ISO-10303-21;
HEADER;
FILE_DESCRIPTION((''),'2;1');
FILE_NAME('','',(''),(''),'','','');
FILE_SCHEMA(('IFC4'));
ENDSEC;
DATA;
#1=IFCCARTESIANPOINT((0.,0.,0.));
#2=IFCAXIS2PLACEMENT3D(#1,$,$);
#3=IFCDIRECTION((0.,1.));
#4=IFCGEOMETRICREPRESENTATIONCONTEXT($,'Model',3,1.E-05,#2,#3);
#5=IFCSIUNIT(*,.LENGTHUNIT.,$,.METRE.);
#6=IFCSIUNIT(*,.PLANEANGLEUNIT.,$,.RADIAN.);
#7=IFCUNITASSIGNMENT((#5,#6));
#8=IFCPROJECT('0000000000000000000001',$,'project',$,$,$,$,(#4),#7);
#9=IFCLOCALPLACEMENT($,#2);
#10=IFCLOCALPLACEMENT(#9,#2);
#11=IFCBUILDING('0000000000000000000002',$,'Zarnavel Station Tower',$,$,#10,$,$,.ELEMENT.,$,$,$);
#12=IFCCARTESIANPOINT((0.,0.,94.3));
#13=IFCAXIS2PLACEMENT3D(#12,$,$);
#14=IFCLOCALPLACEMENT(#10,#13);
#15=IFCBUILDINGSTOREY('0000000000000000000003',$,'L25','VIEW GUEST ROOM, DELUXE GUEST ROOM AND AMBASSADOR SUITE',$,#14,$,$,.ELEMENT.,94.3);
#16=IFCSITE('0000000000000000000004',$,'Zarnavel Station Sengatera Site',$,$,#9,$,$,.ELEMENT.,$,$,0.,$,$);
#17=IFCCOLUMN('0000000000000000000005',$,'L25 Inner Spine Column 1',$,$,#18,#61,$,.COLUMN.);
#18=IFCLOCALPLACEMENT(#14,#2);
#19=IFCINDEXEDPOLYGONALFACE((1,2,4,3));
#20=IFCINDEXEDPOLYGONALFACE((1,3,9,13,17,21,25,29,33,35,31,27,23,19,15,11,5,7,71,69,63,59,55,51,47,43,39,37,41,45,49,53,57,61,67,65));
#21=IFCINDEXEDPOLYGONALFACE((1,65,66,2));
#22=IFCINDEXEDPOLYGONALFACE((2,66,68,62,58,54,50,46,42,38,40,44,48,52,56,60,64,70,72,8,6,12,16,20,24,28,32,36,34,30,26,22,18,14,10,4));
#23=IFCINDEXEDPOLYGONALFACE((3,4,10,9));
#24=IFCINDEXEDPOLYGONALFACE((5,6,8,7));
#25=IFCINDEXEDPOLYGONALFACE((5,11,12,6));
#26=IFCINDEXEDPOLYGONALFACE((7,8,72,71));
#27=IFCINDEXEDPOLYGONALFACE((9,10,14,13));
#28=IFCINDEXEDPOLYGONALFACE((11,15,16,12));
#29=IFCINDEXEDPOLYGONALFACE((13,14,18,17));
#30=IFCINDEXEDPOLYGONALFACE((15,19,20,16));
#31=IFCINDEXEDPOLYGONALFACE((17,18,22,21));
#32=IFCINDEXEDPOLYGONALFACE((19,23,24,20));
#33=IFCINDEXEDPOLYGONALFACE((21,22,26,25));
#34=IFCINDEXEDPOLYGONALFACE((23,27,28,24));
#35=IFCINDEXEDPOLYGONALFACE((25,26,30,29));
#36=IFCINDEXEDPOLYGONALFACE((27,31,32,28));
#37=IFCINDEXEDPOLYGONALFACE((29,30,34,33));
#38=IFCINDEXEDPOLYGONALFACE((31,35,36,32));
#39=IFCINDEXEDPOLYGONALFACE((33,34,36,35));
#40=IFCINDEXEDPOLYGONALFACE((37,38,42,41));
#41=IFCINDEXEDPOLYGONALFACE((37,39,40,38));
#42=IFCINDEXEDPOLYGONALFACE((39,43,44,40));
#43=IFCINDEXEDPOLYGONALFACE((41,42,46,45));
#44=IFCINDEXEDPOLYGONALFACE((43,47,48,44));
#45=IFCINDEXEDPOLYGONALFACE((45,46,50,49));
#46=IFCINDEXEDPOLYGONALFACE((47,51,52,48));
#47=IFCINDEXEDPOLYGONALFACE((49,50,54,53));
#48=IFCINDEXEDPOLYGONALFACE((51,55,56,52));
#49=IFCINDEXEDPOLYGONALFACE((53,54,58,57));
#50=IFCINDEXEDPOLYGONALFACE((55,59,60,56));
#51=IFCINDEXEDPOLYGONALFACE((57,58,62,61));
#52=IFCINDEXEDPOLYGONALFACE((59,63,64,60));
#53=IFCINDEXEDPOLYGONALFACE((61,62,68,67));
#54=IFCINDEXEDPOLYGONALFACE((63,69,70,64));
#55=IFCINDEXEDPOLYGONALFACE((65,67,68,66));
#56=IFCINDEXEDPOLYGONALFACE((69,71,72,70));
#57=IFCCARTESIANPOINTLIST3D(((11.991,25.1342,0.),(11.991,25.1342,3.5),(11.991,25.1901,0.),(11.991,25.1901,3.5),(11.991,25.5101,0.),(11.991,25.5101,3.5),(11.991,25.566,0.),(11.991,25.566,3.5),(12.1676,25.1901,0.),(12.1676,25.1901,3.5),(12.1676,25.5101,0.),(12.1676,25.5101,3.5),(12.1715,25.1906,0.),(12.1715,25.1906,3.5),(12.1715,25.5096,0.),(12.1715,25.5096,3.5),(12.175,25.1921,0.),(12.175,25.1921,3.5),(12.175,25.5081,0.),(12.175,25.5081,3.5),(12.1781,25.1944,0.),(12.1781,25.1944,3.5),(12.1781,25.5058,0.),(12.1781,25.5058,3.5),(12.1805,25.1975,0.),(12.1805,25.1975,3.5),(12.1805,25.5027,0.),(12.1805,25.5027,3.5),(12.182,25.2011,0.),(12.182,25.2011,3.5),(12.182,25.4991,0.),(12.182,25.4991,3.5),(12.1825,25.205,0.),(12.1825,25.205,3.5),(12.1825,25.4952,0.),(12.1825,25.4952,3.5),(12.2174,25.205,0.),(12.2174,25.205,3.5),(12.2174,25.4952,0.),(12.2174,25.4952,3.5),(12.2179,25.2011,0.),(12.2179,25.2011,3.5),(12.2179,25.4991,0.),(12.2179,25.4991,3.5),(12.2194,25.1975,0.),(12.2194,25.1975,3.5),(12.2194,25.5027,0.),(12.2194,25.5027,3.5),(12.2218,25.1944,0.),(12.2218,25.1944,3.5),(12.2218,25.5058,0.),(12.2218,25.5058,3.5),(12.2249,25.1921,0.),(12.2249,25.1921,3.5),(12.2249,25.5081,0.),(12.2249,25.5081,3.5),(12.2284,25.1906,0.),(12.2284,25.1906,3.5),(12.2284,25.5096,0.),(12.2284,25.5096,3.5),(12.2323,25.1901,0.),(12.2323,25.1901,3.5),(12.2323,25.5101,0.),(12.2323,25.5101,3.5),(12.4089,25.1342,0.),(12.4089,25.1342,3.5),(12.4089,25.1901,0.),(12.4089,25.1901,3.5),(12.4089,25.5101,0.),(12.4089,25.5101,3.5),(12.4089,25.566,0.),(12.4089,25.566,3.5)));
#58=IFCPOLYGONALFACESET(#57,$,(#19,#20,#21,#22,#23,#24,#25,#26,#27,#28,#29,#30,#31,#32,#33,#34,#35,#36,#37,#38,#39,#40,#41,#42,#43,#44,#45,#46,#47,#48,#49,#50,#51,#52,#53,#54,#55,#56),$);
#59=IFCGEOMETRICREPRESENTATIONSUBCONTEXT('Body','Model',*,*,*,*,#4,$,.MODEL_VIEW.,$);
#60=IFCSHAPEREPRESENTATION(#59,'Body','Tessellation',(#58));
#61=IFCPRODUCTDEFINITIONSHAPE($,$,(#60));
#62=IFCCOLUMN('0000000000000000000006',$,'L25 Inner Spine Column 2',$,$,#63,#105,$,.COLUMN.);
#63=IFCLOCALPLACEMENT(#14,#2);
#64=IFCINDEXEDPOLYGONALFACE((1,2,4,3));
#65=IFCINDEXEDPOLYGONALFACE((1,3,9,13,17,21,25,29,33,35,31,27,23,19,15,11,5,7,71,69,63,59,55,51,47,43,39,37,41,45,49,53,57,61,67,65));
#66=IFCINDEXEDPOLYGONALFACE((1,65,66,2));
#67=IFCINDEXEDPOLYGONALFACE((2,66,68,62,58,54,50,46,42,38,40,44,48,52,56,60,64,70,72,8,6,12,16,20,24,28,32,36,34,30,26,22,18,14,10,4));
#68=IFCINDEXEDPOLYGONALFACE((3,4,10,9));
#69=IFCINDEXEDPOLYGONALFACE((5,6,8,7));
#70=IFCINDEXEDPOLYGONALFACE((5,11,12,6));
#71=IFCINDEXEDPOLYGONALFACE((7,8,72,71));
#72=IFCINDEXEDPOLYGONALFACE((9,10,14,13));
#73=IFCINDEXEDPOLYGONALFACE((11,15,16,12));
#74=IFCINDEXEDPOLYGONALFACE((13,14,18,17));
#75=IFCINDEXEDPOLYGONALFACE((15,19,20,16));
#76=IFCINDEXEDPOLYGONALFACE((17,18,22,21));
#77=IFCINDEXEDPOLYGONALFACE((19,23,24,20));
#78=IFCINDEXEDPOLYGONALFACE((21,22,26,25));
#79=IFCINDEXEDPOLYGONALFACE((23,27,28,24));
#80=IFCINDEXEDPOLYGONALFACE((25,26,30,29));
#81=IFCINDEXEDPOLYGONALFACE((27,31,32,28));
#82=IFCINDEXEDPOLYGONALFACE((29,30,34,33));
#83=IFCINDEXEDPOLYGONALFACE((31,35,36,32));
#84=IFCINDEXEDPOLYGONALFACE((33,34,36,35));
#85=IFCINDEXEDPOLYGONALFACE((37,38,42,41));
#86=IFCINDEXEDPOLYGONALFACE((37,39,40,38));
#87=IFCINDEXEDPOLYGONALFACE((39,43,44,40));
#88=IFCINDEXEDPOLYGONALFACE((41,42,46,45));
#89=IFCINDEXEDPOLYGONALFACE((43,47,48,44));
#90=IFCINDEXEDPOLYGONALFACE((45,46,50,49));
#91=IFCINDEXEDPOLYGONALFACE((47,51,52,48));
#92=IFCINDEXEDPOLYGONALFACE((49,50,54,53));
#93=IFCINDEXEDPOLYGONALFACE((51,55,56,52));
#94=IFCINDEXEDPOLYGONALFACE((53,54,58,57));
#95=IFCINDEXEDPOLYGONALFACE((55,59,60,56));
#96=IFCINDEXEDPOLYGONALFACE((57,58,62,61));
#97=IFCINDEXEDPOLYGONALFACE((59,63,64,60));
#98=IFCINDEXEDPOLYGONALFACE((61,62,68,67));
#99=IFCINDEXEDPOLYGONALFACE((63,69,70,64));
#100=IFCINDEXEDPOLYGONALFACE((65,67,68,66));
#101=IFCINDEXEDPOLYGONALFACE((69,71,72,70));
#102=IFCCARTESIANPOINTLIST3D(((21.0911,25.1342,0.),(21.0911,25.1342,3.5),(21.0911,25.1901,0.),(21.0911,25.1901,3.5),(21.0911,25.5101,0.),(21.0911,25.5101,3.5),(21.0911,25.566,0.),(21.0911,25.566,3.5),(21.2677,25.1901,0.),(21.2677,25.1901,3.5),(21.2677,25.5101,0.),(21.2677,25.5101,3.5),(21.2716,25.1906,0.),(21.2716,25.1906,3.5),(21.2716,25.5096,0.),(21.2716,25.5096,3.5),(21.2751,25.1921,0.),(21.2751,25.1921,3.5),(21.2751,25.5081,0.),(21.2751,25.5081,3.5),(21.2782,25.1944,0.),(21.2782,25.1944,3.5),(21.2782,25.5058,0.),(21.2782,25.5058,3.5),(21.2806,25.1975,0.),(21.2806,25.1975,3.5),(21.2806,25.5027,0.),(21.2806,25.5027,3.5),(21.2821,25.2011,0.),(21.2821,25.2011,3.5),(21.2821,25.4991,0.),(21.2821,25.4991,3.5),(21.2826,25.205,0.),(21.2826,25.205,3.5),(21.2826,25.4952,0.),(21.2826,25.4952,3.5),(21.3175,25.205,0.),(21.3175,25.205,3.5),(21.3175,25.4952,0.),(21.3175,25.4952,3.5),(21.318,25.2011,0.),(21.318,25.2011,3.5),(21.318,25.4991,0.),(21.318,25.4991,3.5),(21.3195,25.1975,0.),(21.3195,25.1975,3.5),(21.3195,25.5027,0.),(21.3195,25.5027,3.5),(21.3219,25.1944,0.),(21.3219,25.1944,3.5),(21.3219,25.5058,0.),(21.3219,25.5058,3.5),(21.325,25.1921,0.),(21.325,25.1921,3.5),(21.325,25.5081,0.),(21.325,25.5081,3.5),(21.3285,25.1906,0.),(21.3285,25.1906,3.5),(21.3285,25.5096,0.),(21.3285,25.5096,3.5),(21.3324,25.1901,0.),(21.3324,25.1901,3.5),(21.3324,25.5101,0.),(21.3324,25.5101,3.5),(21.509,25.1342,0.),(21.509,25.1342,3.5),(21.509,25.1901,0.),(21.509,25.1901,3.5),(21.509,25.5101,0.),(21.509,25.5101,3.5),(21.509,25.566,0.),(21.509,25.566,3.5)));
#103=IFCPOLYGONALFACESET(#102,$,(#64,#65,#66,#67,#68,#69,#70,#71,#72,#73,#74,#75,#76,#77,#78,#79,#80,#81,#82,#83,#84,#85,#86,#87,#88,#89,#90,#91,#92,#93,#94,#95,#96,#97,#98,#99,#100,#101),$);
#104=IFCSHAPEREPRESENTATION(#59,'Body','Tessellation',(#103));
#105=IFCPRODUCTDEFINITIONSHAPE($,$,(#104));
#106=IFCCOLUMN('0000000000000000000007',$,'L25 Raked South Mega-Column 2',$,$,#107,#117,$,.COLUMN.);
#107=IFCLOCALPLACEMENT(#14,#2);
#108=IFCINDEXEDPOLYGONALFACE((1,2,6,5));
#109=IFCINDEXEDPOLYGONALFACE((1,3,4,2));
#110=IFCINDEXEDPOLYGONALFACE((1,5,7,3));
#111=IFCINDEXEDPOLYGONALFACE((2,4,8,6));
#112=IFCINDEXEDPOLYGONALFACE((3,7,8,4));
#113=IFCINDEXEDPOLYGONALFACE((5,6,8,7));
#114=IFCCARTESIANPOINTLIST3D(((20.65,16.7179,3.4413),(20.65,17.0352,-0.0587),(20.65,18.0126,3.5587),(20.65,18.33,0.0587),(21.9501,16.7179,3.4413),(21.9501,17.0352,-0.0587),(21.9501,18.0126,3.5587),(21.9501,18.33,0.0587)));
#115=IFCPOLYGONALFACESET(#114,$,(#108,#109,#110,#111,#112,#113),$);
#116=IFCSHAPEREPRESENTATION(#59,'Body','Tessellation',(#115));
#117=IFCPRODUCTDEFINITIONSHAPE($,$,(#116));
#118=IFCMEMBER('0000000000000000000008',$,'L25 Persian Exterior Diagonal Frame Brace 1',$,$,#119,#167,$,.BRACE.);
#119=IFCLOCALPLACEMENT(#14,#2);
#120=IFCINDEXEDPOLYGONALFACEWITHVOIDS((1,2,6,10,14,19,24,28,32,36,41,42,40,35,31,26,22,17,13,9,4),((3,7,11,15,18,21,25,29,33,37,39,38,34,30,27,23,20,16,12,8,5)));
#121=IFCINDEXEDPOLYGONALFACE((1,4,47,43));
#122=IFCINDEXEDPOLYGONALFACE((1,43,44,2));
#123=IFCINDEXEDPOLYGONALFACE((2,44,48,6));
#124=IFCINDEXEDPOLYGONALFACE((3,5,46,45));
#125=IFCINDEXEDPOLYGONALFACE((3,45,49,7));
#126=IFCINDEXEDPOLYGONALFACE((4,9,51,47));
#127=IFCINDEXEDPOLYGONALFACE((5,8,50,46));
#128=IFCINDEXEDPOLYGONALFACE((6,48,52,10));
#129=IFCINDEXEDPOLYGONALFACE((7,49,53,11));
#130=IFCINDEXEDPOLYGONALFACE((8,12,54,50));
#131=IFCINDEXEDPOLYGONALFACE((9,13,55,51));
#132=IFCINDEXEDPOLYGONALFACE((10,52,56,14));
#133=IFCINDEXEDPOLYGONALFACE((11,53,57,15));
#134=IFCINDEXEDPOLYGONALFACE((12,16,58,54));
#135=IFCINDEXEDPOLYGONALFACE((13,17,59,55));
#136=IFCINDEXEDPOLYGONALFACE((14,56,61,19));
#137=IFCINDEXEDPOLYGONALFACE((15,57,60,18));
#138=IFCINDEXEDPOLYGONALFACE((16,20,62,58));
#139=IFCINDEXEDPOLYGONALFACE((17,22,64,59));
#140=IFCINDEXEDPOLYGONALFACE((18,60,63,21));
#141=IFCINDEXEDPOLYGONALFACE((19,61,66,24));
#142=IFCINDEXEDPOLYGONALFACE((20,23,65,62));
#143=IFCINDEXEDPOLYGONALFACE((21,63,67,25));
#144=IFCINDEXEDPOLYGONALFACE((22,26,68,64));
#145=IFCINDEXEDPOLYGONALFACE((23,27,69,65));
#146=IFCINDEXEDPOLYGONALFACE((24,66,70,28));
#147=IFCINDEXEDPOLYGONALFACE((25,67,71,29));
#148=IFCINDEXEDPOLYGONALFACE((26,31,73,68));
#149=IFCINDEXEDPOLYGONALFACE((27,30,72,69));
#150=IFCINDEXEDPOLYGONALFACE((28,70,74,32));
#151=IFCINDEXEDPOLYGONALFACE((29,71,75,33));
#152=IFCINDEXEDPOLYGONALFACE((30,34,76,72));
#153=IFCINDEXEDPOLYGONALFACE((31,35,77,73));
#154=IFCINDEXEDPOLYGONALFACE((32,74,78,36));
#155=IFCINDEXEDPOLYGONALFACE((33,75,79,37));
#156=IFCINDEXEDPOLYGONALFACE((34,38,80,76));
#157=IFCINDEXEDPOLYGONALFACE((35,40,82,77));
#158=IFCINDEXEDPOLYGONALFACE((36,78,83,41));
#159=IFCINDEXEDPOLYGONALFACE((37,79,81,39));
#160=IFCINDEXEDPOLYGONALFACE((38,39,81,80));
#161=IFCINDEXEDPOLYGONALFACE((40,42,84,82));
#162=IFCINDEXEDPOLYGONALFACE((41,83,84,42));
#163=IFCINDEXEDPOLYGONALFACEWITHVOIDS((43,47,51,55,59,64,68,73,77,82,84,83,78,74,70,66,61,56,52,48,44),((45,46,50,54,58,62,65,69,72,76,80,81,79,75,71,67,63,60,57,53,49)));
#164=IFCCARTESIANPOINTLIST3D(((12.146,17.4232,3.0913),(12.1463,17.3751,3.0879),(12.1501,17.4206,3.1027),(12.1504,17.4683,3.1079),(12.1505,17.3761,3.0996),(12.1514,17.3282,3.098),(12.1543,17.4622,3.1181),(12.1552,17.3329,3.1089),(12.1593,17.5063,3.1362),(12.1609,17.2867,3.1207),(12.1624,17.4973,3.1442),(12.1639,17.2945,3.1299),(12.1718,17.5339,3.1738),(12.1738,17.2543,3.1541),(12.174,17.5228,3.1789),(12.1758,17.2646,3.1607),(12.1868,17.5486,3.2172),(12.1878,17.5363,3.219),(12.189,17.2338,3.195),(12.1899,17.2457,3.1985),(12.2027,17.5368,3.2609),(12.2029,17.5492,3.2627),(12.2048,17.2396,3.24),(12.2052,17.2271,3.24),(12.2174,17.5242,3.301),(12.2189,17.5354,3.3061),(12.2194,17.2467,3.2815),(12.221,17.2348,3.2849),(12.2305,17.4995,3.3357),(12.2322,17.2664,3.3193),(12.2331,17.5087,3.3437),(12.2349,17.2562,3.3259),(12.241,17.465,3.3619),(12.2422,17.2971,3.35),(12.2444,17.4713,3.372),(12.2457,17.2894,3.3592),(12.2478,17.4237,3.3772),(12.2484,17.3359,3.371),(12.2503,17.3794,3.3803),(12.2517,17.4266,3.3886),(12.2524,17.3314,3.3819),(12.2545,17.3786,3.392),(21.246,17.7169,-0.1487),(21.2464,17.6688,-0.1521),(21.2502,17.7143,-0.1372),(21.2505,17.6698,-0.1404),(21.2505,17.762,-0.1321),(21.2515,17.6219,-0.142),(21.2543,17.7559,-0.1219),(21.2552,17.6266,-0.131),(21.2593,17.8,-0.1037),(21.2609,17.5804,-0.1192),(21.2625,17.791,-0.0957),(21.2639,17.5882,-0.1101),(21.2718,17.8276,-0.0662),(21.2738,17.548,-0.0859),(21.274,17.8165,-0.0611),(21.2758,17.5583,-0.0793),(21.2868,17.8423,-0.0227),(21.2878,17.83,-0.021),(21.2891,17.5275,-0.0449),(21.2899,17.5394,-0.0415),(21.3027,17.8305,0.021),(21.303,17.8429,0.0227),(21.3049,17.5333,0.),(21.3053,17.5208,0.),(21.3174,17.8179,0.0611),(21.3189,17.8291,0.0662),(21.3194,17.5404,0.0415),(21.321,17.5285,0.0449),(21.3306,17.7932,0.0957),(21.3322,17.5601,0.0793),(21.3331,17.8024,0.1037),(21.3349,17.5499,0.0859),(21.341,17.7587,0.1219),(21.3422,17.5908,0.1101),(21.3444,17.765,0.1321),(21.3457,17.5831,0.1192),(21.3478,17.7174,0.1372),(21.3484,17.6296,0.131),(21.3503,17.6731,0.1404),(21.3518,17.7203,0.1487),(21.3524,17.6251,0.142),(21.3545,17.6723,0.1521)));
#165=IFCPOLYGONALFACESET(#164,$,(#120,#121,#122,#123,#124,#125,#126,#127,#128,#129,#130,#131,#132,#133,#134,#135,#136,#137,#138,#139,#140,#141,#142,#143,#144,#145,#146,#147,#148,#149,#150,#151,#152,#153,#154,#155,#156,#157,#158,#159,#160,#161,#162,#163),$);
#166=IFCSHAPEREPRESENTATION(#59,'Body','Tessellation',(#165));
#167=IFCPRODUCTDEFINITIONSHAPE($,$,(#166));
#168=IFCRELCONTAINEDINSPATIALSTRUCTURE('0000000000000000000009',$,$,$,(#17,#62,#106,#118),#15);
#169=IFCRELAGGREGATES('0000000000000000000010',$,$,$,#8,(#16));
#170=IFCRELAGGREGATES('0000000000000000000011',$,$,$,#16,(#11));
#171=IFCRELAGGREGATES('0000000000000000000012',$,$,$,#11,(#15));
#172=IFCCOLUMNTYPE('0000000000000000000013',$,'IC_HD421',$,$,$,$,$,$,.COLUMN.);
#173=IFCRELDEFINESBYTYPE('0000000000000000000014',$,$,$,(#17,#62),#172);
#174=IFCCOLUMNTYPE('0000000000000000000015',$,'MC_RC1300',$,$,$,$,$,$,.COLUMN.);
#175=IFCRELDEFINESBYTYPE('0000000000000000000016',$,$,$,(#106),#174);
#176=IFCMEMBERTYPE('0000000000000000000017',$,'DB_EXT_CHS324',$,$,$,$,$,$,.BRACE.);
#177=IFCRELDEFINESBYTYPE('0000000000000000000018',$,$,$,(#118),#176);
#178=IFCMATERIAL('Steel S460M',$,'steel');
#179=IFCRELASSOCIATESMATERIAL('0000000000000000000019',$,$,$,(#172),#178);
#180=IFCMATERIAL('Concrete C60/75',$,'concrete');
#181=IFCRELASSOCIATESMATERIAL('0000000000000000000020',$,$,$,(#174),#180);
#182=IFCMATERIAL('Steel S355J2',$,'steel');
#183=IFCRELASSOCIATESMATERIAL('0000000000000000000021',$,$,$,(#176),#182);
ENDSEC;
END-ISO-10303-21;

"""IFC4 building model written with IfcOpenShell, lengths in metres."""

from ifc_helpers import new_model, si_unit, direction, frame, origin, origin_2d, place, context, subcontext, project, spatial, rectangle, hollow_circle, i_section, extrude, material, material_profile, profile_set, type_object, element, save


model = new_model("IFC4")

# Units and contexts
model_context = context("Model", 3, precision=1e-05, world=origin(), true_north=direction((0.0, 1.0)))
body_context = subcontext(model_context, "Body", "Model", "MODEL_VIEW")
ifc_project = project(units=[si_unit("LENGTHUNIT", "METRE"), si_unit("PLANEANGLEUNIT", "RADIAN")], contexts=[model_context])

# Site, building, storey
site_placement = place(None, origin())
site = spatial("IfcSite", under=ifc_project, at=site_placement, Name="Zarnavel Station Sengatera Site", CompositionType="ELEMENT", RefElevation=0.0)
building_placement = place(site_placement, origin())
building = spatial("IfcBuilding", under=site, at=building_placement, Name="Zarnavel Station Tower", CompositionType="ELEMENT")
storey_placement = place(building_placement, frame((0.0, 0.0, 94.3)))
storey = spatial("IfcBuildingStorey", under=building, at=storey_placement, Name="L25", Description="VIEW GUEST ROOM, DELUXE GUEST ROOM AND AMBASSADOR SUITE", CompositionType="ELEMENT", Elevation=94.3)

# Columns
ifc_material_1 = material(Name="Steel S460M", Category="steel")
ifc_material_profile_1 = material_profile(ifc_material_1, i_section(OverallWidth=0.418, OverallDepth=0.4319, WebThickness=0.0349, FlangeThickness=0.0559, FilletRadius=0.0149, at=origin_2d()), Name="HD400x421")
ifc_profile_set_1 = profile_set([ifc_material_profile_1], Name="Steel S460M")
column_type_1 = type_object("IfcColumnType", Name="IC_HD421", PredefinedType="COLUMN", material=ifc_profile_set_1)
for number, where, z_axis, x_axis, name in (
    (1, (12.2, 25.3501, 0.0), (0.0, 0.0, 1.0), (1.0, 0.0, 0.0), "L25 Inner Spine Column 1"),
    (2, (21.3, 25.3501, 0.0), (0.0, 0.0, 1.0), (1.0, 0.0, 0.0), "L25 Inner Spine Column 2"),
):
    element("IfcColumn", number, at=place(storey_placement, frame(where, z_axis=z_axis, x_axis=x_axis)), inside=storey, type_object=column_type_1, Name=name, PredefinedType="COLUMN", context=body_context, shape_type="SweptSolid", body=[
        extrude(i_section(OverallWidth=0.418, OverallDepth=0.4319, WebThickness=0.0349, FlangeThickness=0.0559, FilletRadius=0.0149, at=origin_2d()), origin(), (0.0, 0.0, 1.0), 3.5),
    ])
ifc_material_2 = material(Name="Concrete C60/75", Category="concrete")
ifc_material_profile_2 = material_profile(ifc_material_2, rectangle(XDim=1.3, YDim=1.3, at=origin_2d()), Name="RC1300x1300")
ifc_profile_set_2 = profile_set([ifc_material_profile_2], Name="Concrete C60/75")
column_type_2 = type_object("IfcColumnType", Name="MC_RC1300", PredefinedType="COLUMN", material=ifc_profile_set_2)
column_placement = place(storey_placement, frame((21.3, 17.6826, 0.0), z_axis=(0.0, -0.09031, 0.995914), x_axis=(1.0, 0.0, 0.0)))
element("IfcColumn", 3, at=column_placement, inside=storey, type_object=column_type_2, Name="L25 Raked South Mega-Column 2", PredefinedType="COLUMN", context=body_context, shape_type="SweptSolid", body=[
    extrude(rectangle(XDim=1.3, YDim=1.3, at=origin_2d()), origin(), (0.0, 0.0, 1.0), 3.5144),
])

# Member
ifc_material_3 = material(Name="Steel S355J2", Category="steel")
ifc_material_profile_3 = material_profile(ifc_material_3, hollow_circle(Radius=0.1619, WallThickness=0.0125, at=origin_2d()), Name="CHS323.9x12.5")
ifc_profile_set_3 = profile_set([ifc_material_profile_3], Name="Steel S355J2")
member_type = type_object("IfcMemberType", Name="DB_EXT_CHS324", PredefinedType="BRACE", material=ifc_profile_set_3)
member_placement = place(storey_placement, frame((21.3, 17.6826, 0.0), z_axis=(-0.941636, -0.030391, 0.335259), x_axis=(0.032258, -0.99948, 0.0)))
element("IfcMember", 4, at=member_placement, inside=storey, type_object=member_type, Name="L25 Persian Exterior Diagonal Frame Brace 1", PredefinedType="BRACE", context=body_context, shape_type="SweptSolid", body=[
    extrude(hollow_circle(Radius=0.1619, WallThickness=0.0125, at=origin_2d()), origin(), (0.0, 0.0, 1.0), 9.6641),
])

save(model, "model.ifc")
